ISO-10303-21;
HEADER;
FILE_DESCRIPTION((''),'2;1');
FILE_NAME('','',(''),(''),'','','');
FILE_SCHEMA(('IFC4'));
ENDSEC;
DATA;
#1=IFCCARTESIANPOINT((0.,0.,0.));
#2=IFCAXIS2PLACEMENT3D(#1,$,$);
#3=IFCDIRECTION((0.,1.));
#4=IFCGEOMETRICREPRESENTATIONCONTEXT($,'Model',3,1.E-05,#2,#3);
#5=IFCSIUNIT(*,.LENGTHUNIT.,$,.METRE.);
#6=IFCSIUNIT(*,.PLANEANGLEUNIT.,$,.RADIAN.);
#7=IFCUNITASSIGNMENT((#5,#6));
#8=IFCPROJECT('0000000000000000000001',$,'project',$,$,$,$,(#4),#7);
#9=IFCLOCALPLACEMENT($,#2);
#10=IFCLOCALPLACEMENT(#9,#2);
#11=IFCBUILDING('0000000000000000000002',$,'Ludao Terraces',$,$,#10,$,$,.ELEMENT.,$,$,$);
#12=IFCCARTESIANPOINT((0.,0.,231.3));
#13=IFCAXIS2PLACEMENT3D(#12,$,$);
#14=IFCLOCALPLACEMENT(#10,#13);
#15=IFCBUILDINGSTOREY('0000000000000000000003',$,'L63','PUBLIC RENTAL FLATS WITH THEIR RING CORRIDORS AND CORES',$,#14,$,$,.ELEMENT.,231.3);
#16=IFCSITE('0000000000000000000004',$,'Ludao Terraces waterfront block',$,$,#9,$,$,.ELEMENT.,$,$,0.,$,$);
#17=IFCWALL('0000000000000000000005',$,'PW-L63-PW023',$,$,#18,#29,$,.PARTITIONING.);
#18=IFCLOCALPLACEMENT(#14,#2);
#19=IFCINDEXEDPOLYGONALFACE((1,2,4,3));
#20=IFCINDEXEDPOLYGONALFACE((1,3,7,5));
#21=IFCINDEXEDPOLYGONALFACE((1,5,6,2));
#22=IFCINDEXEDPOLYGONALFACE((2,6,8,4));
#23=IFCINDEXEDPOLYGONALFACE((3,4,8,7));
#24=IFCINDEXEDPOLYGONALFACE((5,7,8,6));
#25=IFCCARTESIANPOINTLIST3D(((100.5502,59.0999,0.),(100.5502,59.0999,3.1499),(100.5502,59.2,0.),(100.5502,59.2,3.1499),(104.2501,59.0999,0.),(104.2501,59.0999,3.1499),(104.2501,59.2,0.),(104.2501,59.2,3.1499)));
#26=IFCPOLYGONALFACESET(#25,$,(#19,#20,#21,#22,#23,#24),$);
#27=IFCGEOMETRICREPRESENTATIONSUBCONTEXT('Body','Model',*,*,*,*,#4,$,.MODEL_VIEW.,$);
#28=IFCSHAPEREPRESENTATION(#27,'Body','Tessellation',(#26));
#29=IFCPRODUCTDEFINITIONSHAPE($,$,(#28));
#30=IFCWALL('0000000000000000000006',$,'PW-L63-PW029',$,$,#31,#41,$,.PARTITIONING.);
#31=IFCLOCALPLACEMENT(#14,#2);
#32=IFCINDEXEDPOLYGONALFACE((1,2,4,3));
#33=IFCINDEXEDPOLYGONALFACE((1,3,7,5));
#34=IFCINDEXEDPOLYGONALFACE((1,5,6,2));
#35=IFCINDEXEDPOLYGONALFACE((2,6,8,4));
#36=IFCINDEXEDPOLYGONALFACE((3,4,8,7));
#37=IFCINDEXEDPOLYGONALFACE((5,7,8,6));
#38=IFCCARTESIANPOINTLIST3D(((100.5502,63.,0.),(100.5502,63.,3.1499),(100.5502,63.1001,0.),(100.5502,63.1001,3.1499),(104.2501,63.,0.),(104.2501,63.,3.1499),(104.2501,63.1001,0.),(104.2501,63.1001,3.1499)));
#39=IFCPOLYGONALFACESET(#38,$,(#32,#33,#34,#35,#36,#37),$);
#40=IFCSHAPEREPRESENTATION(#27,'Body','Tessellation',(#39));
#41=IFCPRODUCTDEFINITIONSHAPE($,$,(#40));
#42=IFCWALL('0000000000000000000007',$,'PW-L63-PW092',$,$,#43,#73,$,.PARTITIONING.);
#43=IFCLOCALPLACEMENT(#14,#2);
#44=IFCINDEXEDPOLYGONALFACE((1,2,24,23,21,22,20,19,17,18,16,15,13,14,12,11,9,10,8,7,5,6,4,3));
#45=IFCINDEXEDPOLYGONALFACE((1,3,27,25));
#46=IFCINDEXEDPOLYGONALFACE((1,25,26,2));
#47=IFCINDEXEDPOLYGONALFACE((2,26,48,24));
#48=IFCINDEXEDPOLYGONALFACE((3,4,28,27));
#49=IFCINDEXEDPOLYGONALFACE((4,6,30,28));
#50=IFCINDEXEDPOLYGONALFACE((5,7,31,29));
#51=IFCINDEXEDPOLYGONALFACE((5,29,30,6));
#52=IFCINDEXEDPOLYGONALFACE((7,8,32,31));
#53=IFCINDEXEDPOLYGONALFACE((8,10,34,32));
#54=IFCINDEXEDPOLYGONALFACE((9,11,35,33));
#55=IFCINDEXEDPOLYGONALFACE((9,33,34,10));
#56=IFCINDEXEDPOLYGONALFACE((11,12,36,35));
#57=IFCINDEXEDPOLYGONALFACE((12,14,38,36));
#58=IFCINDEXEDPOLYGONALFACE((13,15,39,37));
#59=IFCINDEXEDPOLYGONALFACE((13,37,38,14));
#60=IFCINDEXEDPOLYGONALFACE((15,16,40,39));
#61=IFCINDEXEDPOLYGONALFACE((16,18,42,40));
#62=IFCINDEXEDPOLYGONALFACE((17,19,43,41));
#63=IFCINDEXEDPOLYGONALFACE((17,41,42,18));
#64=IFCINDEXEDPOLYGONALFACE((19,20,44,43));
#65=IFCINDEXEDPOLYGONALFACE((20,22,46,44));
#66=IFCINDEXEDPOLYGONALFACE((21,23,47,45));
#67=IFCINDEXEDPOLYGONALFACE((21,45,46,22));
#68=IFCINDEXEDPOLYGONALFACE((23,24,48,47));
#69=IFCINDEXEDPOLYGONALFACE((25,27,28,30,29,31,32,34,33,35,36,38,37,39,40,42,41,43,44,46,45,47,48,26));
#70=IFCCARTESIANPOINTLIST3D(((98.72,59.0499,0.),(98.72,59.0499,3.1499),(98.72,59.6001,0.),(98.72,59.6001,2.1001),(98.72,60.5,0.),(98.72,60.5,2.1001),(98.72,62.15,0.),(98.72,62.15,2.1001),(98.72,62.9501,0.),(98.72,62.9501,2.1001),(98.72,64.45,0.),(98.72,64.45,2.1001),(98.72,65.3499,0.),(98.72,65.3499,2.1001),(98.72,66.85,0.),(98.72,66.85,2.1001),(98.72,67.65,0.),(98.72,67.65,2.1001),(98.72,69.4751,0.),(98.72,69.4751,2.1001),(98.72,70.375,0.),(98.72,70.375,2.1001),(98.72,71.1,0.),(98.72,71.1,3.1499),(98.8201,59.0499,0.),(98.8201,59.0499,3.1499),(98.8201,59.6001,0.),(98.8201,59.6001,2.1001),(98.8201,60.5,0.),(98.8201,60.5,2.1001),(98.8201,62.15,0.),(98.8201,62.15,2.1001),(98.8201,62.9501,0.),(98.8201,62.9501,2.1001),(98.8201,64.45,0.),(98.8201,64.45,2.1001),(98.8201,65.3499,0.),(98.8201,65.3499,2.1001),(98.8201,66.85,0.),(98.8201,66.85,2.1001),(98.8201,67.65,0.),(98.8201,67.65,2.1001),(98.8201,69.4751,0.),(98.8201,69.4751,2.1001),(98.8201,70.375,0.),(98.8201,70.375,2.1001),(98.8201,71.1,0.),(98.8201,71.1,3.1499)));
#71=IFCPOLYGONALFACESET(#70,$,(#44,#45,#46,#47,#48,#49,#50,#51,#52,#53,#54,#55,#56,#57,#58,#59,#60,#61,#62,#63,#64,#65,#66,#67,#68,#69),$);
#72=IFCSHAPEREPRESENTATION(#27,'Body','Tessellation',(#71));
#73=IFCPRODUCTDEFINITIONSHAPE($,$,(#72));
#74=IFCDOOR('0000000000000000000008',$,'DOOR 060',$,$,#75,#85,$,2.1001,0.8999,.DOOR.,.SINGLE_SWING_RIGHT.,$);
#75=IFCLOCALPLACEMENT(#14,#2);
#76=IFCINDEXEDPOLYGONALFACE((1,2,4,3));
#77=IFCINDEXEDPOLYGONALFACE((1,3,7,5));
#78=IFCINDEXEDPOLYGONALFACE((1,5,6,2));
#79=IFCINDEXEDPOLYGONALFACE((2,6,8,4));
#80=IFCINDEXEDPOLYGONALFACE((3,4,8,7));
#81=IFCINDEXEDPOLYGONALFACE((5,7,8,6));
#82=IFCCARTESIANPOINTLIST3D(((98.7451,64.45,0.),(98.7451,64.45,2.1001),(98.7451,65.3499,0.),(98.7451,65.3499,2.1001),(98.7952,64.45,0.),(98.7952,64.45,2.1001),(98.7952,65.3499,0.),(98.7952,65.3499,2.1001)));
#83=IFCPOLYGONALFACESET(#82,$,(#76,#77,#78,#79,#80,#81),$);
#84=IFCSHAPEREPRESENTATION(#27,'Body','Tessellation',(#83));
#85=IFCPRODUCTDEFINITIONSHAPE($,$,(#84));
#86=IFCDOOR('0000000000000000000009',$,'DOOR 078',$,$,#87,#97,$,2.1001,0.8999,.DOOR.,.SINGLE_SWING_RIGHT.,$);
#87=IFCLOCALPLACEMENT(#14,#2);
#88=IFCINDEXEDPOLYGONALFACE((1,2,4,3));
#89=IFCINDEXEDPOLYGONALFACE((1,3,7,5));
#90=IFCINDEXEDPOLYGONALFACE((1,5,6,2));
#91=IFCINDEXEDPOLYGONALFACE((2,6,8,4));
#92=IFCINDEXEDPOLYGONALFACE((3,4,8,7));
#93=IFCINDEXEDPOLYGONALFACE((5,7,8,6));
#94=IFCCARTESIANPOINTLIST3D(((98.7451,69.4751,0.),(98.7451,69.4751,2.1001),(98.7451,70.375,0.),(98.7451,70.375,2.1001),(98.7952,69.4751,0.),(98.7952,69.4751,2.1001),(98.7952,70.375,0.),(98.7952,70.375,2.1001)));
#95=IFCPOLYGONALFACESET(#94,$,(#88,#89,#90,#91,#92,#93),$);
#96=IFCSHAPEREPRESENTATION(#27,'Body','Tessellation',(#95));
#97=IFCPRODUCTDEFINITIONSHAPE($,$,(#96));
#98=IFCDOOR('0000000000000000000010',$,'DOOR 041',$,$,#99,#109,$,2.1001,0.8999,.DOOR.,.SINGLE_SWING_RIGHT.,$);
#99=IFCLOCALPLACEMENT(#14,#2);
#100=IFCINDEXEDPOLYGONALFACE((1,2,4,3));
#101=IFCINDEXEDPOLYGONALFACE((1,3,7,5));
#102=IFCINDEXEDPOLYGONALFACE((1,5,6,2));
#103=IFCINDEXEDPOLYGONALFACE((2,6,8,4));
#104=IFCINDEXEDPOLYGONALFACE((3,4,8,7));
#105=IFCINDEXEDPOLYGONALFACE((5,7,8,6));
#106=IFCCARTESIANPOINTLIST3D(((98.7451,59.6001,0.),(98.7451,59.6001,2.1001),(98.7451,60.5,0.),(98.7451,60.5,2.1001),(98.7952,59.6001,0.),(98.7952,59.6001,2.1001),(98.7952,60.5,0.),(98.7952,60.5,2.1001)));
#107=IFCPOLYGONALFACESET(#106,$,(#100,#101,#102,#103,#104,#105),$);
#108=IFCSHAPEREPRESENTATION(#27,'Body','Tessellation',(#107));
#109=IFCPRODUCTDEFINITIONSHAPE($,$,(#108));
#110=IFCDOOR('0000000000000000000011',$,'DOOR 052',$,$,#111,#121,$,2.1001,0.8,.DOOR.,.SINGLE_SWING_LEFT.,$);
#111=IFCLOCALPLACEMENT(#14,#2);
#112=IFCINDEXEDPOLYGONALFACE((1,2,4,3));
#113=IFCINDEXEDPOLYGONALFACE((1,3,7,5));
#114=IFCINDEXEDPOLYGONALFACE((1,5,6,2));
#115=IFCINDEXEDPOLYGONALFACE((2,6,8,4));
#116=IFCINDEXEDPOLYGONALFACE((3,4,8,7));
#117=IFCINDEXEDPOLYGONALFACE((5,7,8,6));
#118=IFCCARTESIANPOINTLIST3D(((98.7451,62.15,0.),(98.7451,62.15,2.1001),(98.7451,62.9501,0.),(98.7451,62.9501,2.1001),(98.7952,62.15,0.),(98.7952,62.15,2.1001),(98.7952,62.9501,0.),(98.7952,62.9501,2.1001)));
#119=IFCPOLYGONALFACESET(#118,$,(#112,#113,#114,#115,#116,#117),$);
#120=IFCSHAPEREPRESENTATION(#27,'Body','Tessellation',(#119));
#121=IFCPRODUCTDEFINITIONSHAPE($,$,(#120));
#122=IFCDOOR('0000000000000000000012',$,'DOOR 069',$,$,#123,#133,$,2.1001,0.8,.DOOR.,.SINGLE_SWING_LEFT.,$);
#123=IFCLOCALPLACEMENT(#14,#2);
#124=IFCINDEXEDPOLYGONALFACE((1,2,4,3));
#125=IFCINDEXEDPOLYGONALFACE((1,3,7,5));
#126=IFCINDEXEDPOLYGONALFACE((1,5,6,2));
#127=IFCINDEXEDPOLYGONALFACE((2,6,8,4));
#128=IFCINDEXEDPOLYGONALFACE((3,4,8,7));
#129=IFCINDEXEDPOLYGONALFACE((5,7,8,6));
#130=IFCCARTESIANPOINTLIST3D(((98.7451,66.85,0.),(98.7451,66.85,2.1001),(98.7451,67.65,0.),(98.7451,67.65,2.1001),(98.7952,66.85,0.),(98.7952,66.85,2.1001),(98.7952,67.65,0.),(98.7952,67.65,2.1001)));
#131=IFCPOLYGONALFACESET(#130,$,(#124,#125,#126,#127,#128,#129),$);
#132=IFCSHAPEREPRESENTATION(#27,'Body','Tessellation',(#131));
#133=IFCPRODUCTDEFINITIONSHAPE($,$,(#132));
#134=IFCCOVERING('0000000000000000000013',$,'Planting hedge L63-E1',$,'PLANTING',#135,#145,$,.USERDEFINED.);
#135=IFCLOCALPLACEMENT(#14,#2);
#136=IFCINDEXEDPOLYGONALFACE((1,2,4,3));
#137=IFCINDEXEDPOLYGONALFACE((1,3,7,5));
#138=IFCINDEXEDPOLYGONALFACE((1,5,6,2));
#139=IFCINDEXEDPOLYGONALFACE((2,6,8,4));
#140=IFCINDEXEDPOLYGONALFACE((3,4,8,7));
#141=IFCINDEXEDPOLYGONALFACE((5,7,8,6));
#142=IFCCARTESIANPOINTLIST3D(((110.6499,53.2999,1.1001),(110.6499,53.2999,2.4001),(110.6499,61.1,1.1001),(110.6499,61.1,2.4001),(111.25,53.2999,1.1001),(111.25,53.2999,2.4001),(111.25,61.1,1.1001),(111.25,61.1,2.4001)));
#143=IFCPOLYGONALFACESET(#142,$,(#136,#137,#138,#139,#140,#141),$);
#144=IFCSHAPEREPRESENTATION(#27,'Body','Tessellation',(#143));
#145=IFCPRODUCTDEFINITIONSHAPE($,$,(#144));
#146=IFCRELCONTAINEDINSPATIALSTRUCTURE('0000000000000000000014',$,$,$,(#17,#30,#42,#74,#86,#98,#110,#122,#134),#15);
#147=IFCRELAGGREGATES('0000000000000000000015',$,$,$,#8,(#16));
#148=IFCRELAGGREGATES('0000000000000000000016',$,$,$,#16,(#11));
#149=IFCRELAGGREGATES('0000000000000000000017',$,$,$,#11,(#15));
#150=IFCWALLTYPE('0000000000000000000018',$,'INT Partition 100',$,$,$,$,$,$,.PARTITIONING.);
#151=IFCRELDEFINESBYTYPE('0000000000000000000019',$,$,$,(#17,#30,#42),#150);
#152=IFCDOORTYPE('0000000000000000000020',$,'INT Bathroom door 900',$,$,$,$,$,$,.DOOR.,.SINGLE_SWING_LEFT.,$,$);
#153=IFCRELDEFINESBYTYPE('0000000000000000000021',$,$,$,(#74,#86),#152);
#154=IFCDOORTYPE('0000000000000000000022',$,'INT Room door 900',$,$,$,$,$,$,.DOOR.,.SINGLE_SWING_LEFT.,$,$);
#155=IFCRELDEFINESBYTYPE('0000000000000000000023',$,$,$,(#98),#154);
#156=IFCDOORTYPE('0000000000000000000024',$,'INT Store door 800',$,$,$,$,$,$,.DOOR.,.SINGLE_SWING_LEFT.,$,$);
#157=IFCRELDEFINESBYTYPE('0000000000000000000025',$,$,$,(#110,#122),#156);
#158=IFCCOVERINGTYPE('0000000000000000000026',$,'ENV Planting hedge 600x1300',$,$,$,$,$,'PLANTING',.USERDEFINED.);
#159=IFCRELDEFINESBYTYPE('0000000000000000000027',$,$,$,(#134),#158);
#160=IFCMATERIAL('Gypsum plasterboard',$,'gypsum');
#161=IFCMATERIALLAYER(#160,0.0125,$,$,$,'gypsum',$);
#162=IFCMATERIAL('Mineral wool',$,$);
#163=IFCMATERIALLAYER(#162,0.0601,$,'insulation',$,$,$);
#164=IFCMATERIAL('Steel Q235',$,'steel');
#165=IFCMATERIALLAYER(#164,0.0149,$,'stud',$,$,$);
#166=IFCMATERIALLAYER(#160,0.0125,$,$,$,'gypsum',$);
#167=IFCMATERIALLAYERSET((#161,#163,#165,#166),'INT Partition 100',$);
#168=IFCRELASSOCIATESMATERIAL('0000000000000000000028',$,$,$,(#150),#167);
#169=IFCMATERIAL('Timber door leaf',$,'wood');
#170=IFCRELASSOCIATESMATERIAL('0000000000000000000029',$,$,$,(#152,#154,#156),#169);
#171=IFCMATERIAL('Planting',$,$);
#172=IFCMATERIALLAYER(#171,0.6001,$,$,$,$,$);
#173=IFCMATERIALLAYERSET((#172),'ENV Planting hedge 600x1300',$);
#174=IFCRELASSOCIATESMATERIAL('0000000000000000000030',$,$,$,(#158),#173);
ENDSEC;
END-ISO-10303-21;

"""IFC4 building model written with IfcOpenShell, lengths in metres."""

from ifc_helpers import new_model, si_unit, direction, frame, frame_2d, origin, origin_2d, place, context, subcontext, project, spatial, rectangle, extrude, material, layer, layer_set, type_object, element, fill, save


model = new_model("IFC4")

# Units and contexts
model_context = context("Model", 3, precision=1e-05, world=origin(), true_north=direction((0.0, 1.0)))
body_context = subcontext(model_context, "Body", "Model", "MODEL_VIEW")
ifc_project = project(units=[si_unit("LENGTHUNIT", "METRE"), si_unit("PLANEANGLEUNIT", "RADIAN")], contexts=[model_context])

# Site, building, storey
site_placement = place(None, origin())
site = spatial("IfcSite", under=ifc_project, at=site_placement, Name="Ludao Terraces waterfront block", CompositionType="ELEMENT", RefElevation=0.0)
building_placement = place(site_placement, origin())
building = spatial("IfcBuilding", under=site, at=building_placement, Name="Ludao Terraces", CompositionType="ELEMENT")
storey_placement = place(building_placement, frame((0.0, 0.0, 231.3)))
storey = spatial("IfcBuildingStorey", under=building, at=storey_placement, Name="L63", Description="PUBLIC RENTAL FLATS WITH THEIR RING CORRIDORS AND CORES", CompositionType="ELEMENT", Elevation=231.3)

# Shared definitions
ifc_material_1 = material(Name="Mineral wool")

# Walls
ifc_material_2 = material(Name="Gypsum plasterboard", Category="gypsum")
ifc_layer_1 = layer(ifc_material_2, 0.0125, Category="gypsum")
ifc_layer_2 = layer(ifc_material_1, 0.0601, Name="insulation")
ifc_material_3 = material(Name="Steel Q235", Category="steel")
ifc_layer_3 = layer(ifc_material_3, 0.0149, Name="stud")
ifc_layer_4 = layer(ifc_material_2, 0.0125, Category="gypsum")
ifc_layer_set_1 = layer_set([ifc_layer_1, ifc_layer_2, ifc_layer_3, ifc_layer_4], Name="INT Partition 100")
wall_type_1 = type_object("IfcWallType", Name="INT Partition 100", PredefinedType="PARTITIONING", material=ifc_layer_set_1)
for number, where, z_axis, x_axis, name in (
    (1, (100.55, 59.1499, 0.0), (0.0, 0.0, 1.0), (1.0, 0.0, 0.0), "PW-L63-PW023"),
    (2, (100.55, 63.05, 0.0), (0.0, 0.0, 1.0), (1.0, 0.0, 0.0), "PW-L63-PW029"),
):
    element("IfcWall", number, at=place(storey_placement, frame(where, z_axis=z_axis, x_axis=x_axis)), inside=storey, type_object=wall_type_1, Name=name, PredefinedType="PARTITIONING", context=body_context, shape_type="SweptSolid", body=[
        extrude(rectangle(XDim=3.7, YDim=0.1001, at=frame_2d((1.8501, 0.0))), origin(), (0.0, 0.0, 1.0), 3.1499),
    ])

# Wall, openings, doors
wall_1_placement = place(storey_placement, frame((98.77, 59.05, 0.0), z_axis=(0.0, 0.0, 1.0), x_axis=(0.0, 1.0, 0.0)))
wall_1 = element("IfcWall", 3, at=wall_1_placement, inside=storey, type_object=wall_type_1, Name="PW-L63-PW092", PredefinedType="PARTITIONING", context=body_context, shape_type="SweptSolid", body=[
    extrude(rectangle(XDim=12.05, YDim=0.1001, at=frame_2d((6.0249, 0.0))), origin(), (0.0, 0.0, 1.0), 3.1499),
])
opening_1_placement = place(wall_1_placement, frame((0.55, 0.0, 0.0)))
opening_1 = element("IfcOpeningElement", 4, at=opening_1_placement, cuts=wall_1, PredefinedType="OPENING", context=body_context, shape_type="SweptSolid", body=[
    extrude(rectangle(XDim=0.8999, YDim=2.1001, at=frame_2d((0.45, 1.05))), frame((0.0, 0.0601, 0.0), z_axis=(0.0, -1.0, 0.0), x_axis=(1.0, 0.0, 0.0)), (0.0, 0.0, 1.0), 0.1201),
])
opening_2_placement = place(wall_1_placement, frame((3.1001, 0.0, 0.0)))
opening_2 = element("IfcOpeningElement", 5, at=opening_2_placement, cuts=wall_1, PredefinedType="OPENING", context=body_context, shape_type="SweptSolid", body=[
    extrude(rectangle(XDim=0.8, YDim=2.1001, at=frame_2d((0.3999, 1.05))), frame((0.0, 0.0601, 0.0), z_axis=(0.0, -1.0, 0.0), x_axis=(1.0, 0.0, 0.0)), (0.0, 0.0, 1.0), 0.1201),
])
opening_3_placement = place(wall_1_placement, frame((5.3999, 0.0, 0.0)))
opening_3 = element("IfcOpeningElement", 6, at=opening_3_placement, cuts=wall_1, PredefinedType="OPENING", context=body_context, shape_type="SweptSolid", body=[
    extrude(rectangle(XDim=0.8999, YDim=2.1001, at=frame_2d((0.45, 1.05))), frame((0.0, 0.0601, 0.0), z_axis=(0.0, -1.0, 0.0), x_axis=(1.0, 0.0, 0.0)), (0.0, 0.0, 1.0), 0.1201),
])
opening_4_placement = place(wall_1_placement, frame((7.8, 0.0, 0.0)))
opening_4 = element("IfcOpeningElement", 7, at=opening_4_placement, cuts=wall_1, PredefinedType="OPENING", context=body_context, shape_type="SweptSolid", body=[
    extrude(rectangle(XDim=0.8, YDim=2.1001, at=frame_2d((0.3999, 1.05))), frame((0.0, 0.0601, 0.0), z_axis=(0.0, -1.0, 0.0), x_axis=(1.0, 0.0, 0.0)), (0.0, 0.0, 1.0), 0.1201),
])
opening_5_placement = place(wall_1_placement, frame((10.425, 0.0, 0.0)))
opening_5 = element("IfcOpeningElement", 8, at=opening_5_placement, cuts=wall_1, PredefinedType="OPENING", context=body_context, shape_type="SweptSolid", body=[
    extrude(rectangle(XDim=0.8999, YDim=2.1001, at=frame_2d((0.45, 1.05))), frame((0.0, 0.0601, 0.0), z_axis=(0.0, -1.0, 0.0), x_axis=(1.0, 0.0, 0.0)), (0.0, 0.0, 1.0), 0.1201),
])
ifc_material_4 = material(Name="Timber door leaf", Category="wood")
door_type_1 = type_object("IfcDoorType", Name="INT Bathroom door 900", OperationType="SINGLE_SWING_LEFT", PredefinedType="DOOR", material=ifc_material_4)
door_1_placement = place(opening_3_placement, origin())
door_1 = element("IfcDoor", 9, at=door_1_placement, inside=storey, type_object=door_type_1, Name="DOOR 060", OperationType="SINGLE_SWING_RIGHT", OverallHeight=2.1001, OverallWidth=0.8999, PredefinedType="DOOR", context=body_context, shape_type="SweptSolid", body=[
    extrude(rectangle(XDim=0.8999, YDim=2.1001, at=frame_2d((0.45, 1.05))), frame((0.0, 0.0249, 0.0), z_axis=(0.0, -1.0, 0.0), x_axis=(1.0, 0.0, 0.0)), (0.0, 0.0, 1.0), 0.05),
])
fill(opening_3, door_1)
door_2_placement = place(opening_5_placement, origin())
door_2 = element("IfcDoor", 10, at=door_2_placement, inside=storey, type_object=door_type_1, Name="DOOR 078", OperationType="SINGLE_SWING_RIGHT", OverallHeight=2.1001, OverallWidth=0.8999, PredefinedType="DOOR", context=body_context, shape_type="SweptSolid", body=[
    extrude(rectangle(XDim=0.8999, YDim=2.1001, at=frame_2d((0.45, 1.05))), frame((0.0, 0.0249, 0.0), z_axis=(0.0, -1.0, 0.0), x_axis=(1.0, 0.0, 0.0)), (0.0, 0.0, 1.0), 0.05),
])
fill(opening_5, door_2)
door_type_2 = type_object("IfcDoorType", Name="INT Room door 900", OperationType="SINGLE_SWING_LEFT", PredefinedType="DOOR", material=ifc_material_4)
door_3_placement = place(opening_1_placement, origin())
door_3 = element("IfcDoor", 11, at=door_3_placement, inside=storey, type_object=door_type_2, Name="DOOR 041", OperationType="SINGLE_SWING_RIGHT", OverallHeight=2.1001, OverallWidth=0.8999, PredefinedType="DOOR", context=body_context, shape_type="SweptSolid", body=[
    extrude(rectangle(XDim=0.8999, YDim=2.1001, at=frame_2d((0.45, 1.05))), frame((0.0, 0.0249, 0.0), z_axis=(0.0, -1.0, 0.0), x_axis=(1.0, 0.0, 0.0)), (0.0, 0.0, 1.0), 0.05),
])
fill(opening_1, door_3)
door_type_3 = type_object("IfcDoorType", Name="INT Store door 800", OperationType="SINGLE_SWING_LEFT", PredefinedType="DOOR", material=ifc_material_4)
door_4_placement = place(opening_2_placement, origin())
door_4 = element("IfcDoor", 12, at=door_4_placement, inside=storey, type_object=door_type_3, Name="DOOR 052", OperationType="SINGLE_SWING_LEFT", OverallHeight=2.1001, OverallWidth=0.8, PredefinedType="DOOR", context=body_context, shape_type="SweptSolid", body=[
    extrude(rectangle(XDim=0.8, YDim=2.1001, at=frame_2d((0.3999, 1.05))), frame((0.0, 0.0249, 0.0), z_axis=(0.0, -1.0, 0.0), x_axis=(1.0, 0.0, 0.0)), (0.0, 0.0, 1.0), 0.05),
])
fill(opening_2, door_4)
door_5_placement = place(opening_4_placement, origin())
door_5 = element("IfcDoor", 13, at=door_5_placement, inside=storey, type_object=door_type_3, Name="DOOR 069", OperationType="SINGLE_SWING_LEFT", OverallHeight=2.1001, OverallWidth=0.8, PredefinedType="DOOR", context=body_context, shape_type="SweptSolid", body=[
    extrude(rectangle(XDim=0.8, YDim=2.1001, at=frame_2d((0.3999, 1.05))), frame((0.0, 0.0249, 0.0), z_axis=(0.0, -1.0, 0.0), x_axis=(1.0, 0.0, 0.0)), (0.0, 0.0, 1.0), 0.05),
])
fill(opening_4, door_5)

# Covering
ifc_material_5 = material(Name="Planting")
ifc_layer_5 = layer(ifc_material_5, 0.6001)
ifc_layer_set_2 = layer_set([ifc_layer_5], Name="ENV Planting hedge 600x1300")
covering_type = type_object("IfcCoveringType", Name="ENV Planting hedge 600x1300", ElementType="PLANTING", PredefinedType="USERDEFINED", material=ifc_layer_set_2)
covering_placement = place(storey_placement, frame((110.95, 57.2, 1.1001), z_axis=(0.0, 0.0, 1.0), x_axis=(1.0, 0.0, 0.0)))
element("IfcCovering", 14, at=covering_placement, inside=storey, type_object=covering_type, Name="Planting hedge L63-E1", ObjectType="PLANTING", PredefinedType="USERDEFINED", context=body_context, shape_type="SweptSolid", body=[
    extrude(rectangle(XDim=0.6001, YDim=7.8, at=origin_2d()), origin(), (0.0, 0.0, 1.0), 1.3),
])

save(model, "model.ifc")
